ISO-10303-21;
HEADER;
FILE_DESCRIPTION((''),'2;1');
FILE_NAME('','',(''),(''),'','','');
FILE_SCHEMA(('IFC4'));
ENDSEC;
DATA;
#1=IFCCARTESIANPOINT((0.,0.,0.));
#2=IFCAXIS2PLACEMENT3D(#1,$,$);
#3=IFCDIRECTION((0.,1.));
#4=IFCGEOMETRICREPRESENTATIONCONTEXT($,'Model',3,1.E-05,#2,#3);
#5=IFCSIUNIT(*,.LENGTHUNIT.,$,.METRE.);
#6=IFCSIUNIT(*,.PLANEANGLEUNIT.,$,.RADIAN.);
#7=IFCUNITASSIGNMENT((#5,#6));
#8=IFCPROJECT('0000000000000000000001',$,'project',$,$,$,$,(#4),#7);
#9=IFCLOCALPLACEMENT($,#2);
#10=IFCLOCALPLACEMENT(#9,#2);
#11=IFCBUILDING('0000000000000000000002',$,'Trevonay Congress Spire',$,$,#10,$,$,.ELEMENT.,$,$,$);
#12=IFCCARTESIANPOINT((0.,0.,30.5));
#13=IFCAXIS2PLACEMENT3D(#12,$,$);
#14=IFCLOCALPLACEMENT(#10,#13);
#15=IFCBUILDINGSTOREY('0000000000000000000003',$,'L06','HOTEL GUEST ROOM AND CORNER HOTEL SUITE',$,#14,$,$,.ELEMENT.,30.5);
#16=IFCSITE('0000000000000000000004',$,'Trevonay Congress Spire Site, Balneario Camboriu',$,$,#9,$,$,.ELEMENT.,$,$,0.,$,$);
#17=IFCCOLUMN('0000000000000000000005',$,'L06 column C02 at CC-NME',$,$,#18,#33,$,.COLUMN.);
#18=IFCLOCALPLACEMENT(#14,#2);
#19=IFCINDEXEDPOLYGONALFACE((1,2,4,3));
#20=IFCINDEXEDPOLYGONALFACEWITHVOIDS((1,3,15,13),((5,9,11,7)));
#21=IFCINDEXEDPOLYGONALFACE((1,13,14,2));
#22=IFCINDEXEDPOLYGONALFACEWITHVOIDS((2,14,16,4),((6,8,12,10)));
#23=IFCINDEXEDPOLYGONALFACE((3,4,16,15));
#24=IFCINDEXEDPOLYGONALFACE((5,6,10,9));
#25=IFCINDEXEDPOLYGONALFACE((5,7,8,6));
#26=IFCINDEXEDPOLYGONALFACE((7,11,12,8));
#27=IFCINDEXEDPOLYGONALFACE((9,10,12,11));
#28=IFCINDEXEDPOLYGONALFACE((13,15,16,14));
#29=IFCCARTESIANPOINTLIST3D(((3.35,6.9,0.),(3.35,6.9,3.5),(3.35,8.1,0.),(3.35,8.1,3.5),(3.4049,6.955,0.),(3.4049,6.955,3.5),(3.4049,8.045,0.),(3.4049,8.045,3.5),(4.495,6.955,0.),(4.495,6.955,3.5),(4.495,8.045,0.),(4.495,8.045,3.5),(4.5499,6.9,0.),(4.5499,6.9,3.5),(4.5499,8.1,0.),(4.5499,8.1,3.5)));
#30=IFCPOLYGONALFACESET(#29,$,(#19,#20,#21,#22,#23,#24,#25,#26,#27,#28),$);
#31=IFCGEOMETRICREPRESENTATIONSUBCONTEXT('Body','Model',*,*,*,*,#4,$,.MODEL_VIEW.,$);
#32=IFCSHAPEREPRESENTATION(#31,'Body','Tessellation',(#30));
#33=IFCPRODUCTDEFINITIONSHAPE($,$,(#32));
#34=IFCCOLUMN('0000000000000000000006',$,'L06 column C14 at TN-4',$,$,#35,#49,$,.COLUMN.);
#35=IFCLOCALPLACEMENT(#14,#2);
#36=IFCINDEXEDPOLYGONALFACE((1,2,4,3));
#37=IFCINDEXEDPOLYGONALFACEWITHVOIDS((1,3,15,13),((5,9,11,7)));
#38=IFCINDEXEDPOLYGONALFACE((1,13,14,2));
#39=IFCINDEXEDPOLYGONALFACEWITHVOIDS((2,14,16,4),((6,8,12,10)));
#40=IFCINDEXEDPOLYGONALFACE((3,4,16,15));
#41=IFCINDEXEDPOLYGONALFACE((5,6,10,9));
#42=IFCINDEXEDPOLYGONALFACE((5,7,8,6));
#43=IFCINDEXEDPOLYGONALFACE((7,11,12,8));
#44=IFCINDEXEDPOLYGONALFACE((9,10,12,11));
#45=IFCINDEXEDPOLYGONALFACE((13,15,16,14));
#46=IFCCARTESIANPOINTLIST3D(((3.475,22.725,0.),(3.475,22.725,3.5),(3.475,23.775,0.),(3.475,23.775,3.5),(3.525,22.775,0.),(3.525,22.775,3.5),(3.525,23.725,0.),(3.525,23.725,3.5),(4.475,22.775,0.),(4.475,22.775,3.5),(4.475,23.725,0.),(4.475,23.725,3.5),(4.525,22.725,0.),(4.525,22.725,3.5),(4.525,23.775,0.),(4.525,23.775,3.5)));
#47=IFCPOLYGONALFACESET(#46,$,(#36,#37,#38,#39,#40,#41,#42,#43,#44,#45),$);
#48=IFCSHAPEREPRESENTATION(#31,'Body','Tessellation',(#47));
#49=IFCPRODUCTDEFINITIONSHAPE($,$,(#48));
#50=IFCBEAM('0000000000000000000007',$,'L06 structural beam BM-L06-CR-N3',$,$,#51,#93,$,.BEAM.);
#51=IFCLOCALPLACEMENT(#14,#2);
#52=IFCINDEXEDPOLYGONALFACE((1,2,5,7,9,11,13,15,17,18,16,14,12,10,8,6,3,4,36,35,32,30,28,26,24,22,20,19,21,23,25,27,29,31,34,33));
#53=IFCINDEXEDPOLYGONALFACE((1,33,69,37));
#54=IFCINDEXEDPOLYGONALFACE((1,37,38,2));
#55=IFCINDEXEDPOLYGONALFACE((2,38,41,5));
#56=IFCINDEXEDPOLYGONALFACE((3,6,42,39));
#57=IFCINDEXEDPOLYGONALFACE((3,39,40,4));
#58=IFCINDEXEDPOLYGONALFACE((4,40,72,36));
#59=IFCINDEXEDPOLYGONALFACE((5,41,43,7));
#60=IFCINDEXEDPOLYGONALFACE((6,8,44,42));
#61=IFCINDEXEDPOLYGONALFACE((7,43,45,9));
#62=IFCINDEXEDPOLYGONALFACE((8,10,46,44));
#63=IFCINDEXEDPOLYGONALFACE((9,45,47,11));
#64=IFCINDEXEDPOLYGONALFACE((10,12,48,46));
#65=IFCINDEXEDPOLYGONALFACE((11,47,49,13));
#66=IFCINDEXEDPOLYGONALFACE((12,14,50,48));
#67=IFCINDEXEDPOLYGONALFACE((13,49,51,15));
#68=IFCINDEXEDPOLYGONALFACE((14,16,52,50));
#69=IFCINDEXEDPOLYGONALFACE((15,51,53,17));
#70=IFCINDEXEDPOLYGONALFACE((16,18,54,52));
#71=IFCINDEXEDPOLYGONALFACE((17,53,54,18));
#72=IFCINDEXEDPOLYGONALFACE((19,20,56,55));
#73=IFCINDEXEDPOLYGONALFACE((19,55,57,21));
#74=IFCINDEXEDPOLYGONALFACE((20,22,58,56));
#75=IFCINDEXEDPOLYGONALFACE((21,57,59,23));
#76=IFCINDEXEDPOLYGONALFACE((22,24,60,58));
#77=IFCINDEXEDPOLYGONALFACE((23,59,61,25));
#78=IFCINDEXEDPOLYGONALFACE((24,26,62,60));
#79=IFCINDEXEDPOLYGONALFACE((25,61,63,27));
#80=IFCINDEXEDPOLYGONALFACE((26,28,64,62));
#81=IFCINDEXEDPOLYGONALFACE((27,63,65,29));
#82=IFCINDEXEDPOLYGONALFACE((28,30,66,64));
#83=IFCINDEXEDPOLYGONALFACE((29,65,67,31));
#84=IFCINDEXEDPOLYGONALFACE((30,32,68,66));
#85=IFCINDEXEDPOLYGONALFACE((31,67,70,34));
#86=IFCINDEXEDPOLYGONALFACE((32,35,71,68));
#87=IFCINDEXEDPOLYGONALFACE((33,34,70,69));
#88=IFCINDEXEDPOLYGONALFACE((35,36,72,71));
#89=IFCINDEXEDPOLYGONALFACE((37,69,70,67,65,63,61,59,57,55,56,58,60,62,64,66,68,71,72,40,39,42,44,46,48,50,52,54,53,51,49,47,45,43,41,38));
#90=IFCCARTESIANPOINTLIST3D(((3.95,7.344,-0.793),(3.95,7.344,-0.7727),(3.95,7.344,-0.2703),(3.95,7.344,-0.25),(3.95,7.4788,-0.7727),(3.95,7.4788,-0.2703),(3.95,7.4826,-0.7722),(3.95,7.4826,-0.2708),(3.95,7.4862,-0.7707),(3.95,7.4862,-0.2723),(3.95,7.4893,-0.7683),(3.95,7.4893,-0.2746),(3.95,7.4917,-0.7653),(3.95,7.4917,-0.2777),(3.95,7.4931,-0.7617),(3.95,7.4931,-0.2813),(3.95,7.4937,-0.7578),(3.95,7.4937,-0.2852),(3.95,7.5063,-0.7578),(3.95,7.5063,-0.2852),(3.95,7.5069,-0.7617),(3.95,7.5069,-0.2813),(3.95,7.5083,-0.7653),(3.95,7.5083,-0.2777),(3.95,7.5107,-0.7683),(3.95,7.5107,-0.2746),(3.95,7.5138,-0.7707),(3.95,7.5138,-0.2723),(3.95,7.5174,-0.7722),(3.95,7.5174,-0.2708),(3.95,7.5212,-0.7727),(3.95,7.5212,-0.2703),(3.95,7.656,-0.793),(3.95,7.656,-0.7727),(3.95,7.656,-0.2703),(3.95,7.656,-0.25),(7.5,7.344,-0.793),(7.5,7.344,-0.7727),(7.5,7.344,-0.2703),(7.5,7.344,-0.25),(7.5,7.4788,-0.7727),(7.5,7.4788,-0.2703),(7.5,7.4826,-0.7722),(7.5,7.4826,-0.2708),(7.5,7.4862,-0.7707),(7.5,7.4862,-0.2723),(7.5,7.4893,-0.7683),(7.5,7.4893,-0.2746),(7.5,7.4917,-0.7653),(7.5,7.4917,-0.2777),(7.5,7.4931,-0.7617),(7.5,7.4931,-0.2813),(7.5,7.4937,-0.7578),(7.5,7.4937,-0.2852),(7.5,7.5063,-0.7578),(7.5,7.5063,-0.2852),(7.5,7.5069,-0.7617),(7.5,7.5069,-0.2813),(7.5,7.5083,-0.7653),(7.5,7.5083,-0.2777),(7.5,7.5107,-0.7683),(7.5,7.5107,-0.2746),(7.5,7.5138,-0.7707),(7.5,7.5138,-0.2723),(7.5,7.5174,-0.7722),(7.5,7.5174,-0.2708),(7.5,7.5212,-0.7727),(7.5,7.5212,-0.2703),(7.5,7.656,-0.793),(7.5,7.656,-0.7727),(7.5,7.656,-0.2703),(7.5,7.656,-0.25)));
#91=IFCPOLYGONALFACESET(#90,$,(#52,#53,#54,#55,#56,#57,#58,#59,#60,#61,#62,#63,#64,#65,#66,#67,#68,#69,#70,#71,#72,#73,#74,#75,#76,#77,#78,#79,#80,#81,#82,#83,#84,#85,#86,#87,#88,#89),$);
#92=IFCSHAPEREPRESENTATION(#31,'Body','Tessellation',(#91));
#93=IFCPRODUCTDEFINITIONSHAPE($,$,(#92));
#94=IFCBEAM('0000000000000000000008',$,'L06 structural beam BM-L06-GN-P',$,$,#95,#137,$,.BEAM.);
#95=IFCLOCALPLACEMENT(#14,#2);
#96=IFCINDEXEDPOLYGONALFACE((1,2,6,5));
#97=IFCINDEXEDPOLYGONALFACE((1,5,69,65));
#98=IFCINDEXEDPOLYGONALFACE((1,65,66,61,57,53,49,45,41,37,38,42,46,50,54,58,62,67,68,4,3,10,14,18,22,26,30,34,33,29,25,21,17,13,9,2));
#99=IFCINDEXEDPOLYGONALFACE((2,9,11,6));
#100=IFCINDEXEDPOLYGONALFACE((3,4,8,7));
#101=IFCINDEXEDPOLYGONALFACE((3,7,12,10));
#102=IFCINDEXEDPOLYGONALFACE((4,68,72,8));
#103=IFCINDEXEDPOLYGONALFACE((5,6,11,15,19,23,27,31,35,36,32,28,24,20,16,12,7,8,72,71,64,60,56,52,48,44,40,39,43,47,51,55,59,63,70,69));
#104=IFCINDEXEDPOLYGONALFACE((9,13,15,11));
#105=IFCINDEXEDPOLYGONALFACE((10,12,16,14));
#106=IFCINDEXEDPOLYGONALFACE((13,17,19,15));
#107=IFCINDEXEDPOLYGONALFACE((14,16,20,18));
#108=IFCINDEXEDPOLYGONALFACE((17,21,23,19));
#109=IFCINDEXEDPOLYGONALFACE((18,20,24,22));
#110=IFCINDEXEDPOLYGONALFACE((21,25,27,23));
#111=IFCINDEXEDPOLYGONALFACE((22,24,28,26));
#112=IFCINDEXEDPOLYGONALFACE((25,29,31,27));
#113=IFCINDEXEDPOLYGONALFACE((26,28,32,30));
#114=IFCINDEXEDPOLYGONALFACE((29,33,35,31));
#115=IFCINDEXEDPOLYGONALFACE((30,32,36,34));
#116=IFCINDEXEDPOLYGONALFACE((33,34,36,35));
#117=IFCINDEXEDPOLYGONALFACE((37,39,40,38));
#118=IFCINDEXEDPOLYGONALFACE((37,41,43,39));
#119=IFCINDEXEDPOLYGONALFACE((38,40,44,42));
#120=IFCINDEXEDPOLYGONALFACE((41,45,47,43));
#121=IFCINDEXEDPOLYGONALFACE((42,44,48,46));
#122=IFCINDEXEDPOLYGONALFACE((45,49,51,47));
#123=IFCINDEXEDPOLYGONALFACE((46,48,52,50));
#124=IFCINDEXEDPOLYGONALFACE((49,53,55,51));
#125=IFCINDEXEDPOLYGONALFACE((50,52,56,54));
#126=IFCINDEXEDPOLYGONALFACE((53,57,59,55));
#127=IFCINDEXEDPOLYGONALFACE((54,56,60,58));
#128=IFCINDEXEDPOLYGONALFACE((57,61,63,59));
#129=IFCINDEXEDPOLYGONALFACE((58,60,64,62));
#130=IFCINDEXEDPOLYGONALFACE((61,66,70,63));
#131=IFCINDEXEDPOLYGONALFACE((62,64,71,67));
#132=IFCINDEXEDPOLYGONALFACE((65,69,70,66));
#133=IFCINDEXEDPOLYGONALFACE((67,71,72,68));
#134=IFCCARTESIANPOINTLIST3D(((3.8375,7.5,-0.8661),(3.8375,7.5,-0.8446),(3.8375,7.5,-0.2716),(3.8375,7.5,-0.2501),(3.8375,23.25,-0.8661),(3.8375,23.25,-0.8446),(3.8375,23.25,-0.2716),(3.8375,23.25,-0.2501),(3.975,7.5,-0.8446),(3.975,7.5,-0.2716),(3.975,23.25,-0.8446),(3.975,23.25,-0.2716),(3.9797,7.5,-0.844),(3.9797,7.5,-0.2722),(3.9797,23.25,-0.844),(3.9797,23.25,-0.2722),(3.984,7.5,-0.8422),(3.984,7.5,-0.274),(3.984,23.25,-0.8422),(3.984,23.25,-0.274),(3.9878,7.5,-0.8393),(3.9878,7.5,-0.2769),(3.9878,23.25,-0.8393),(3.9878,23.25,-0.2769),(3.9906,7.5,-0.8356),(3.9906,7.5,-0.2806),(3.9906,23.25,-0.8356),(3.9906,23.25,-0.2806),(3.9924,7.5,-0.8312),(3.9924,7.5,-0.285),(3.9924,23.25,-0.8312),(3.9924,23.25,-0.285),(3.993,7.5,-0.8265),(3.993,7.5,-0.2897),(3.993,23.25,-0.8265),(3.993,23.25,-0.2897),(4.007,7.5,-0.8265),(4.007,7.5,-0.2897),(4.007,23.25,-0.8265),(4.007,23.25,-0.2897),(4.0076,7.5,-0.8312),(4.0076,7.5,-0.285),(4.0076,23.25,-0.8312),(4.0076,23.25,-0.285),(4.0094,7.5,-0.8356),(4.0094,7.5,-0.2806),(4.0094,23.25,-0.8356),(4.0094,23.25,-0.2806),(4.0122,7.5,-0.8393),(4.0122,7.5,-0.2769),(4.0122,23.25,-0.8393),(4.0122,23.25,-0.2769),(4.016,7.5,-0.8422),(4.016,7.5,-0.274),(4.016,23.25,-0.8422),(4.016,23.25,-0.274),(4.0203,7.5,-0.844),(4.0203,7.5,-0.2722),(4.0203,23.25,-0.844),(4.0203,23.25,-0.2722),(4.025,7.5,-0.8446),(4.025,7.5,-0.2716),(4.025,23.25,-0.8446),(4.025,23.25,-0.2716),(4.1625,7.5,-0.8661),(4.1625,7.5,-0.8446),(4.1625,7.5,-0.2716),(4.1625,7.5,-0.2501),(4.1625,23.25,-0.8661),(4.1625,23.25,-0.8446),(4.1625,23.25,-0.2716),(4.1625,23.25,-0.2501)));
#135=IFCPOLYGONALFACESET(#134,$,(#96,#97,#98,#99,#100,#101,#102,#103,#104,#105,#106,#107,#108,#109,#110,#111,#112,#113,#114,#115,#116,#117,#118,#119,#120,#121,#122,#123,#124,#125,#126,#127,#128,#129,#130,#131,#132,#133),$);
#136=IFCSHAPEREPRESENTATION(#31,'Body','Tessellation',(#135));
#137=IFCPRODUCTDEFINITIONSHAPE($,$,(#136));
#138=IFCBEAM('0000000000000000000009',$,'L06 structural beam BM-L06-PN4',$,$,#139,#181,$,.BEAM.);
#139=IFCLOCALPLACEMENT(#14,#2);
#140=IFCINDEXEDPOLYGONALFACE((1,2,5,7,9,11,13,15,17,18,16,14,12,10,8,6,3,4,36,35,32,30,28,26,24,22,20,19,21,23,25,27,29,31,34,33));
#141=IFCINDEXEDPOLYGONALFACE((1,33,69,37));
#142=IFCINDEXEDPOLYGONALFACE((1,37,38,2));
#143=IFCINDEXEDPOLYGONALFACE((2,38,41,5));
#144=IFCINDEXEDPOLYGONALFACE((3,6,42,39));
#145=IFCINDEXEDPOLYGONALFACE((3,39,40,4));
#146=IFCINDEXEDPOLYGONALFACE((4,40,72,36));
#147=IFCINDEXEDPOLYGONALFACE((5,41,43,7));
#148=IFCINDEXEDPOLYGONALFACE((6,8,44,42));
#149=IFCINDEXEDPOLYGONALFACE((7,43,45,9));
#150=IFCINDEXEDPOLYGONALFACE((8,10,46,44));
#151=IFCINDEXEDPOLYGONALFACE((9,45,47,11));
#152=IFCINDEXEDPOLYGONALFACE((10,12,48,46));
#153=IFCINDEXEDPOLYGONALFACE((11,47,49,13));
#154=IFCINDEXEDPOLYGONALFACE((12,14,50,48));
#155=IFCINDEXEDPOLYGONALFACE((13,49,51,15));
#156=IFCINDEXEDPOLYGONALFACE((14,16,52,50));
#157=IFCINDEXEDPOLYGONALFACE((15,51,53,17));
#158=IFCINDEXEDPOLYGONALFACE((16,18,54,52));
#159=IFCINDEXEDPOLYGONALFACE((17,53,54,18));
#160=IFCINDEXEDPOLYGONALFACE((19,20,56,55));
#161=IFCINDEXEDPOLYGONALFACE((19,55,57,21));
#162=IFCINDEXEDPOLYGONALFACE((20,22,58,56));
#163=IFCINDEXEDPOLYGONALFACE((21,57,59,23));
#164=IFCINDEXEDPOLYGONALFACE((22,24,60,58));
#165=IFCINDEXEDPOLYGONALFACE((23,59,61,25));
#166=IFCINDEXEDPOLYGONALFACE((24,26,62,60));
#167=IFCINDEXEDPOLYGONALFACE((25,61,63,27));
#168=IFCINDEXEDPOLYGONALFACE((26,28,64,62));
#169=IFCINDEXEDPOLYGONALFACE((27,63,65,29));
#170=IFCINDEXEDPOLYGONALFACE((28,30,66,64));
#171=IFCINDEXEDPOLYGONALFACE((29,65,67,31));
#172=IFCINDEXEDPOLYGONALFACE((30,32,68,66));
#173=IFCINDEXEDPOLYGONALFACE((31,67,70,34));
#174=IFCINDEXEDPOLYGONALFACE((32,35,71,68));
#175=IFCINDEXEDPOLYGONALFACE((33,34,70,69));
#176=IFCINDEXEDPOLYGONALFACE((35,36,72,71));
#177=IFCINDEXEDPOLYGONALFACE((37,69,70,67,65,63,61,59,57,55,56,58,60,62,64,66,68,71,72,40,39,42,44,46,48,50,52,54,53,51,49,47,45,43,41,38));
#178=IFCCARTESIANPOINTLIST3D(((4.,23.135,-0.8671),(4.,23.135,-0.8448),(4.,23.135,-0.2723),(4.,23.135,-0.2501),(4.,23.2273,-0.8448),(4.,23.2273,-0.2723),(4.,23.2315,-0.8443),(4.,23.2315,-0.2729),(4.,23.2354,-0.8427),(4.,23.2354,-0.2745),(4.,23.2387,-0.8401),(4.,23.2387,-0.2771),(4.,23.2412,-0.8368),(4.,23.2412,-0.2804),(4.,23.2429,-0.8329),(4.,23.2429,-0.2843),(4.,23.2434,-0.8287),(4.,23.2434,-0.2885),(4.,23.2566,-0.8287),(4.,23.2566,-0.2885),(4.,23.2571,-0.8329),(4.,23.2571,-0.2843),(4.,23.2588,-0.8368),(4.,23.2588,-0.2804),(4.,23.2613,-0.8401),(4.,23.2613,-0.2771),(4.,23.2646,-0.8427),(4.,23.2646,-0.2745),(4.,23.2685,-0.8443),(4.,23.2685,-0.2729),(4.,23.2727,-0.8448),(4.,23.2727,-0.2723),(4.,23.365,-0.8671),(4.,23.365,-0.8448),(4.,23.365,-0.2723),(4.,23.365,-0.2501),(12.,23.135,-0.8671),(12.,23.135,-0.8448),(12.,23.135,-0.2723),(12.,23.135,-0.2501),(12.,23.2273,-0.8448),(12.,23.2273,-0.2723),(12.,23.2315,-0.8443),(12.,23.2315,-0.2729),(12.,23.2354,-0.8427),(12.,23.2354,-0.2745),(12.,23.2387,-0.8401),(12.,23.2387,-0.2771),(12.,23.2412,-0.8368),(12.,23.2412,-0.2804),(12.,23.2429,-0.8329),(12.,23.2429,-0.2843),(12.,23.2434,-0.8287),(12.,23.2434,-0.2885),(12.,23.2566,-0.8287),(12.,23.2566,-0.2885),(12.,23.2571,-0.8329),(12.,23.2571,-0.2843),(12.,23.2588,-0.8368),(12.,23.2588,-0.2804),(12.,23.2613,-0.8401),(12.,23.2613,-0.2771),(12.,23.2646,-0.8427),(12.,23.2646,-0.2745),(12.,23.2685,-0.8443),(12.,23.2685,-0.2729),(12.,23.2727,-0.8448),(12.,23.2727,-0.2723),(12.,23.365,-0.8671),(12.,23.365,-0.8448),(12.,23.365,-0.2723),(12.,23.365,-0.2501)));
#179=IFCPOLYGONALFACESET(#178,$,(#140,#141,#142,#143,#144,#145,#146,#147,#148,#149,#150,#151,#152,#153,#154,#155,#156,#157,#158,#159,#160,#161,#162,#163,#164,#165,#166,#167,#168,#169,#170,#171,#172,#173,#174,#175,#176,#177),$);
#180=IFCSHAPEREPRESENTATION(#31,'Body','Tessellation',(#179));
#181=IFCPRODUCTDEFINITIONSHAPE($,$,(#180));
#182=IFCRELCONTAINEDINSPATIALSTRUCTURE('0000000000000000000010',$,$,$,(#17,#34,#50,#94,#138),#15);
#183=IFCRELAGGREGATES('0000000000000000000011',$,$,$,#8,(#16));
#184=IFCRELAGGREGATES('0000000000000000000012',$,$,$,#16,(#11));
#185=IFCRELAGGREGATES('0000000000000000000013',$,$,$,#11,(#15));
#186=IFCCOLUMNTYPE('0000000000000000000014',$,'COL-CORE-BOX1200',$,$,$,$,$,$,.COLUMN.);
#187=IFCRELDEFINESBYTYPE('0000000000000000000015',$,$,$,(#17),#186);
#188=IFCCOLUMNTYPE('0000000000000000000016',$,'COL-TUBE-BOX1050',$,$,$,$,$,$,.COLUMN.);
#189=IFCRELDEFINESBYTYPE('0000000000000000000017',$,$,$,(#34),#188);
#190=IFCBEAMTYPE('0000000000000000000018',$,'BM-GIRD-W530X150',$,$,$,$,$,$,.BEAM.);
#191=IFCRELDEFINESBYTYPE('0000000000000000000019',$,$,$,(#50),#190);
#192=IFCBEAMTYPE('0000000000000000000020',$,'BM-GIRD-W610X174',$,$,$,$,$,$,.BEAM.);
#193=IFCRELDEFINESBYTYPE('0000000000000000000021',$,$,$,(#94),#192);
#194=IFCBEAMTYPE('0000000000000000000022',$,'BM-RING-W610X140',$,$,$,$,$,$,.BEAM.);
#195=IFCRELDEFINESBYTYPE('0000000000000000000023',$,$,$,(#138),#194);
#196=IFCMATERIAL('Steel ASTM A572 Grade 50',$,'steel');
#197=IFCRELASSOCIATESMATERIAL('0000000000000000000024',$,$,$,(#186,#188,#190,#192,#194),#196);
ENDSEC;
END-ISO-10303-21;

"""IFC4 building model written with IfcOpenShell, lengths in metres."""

from ifc_helpers import new_model, si_unit, direction, frame, origin, origin_2d, place, context, subcontext, project, spatial, hollow_rectangle, i_section, extrude, material, material_profile, profile_set, type_object, element, save


model = new_model("IFC4")

# Units and contexts
model_context = context("Model", 3, precision=1e-05, world=origin(), true_north=direction((0.0, 1.0)))
body_context = subcontext(model_context, "Body", "Model", "MODEL_VIEW")
ifc_project = project(units=[si_unit("LENGTHUNIT", "METRE"), si_unit("PLANEANGLEUNIT", "RADIAN")], contexts=[model_context])

# Site, building, storey
site_placement = place(None, origin())
site = spatial("IfcSite", under=ifc_project, at=site_placement, Name="Trevonay Congress Spire Site, Balneario Camboriu", CompositionType="ELEMENT", RefElevation=0.0)
building_placement = place(site_placement, origin())
building = spatial("IfcBuilding", under=site, at=building_placement, Name="Trevonay Congress Spire", CompositionType="ELEMENT")
storey_placement = place(building_placement, frame((0.0, 0.0, 30.5)))
storey = spatial("IfcBuildingStorey", under=building, at=storey_placement, Name="L06", Description="HOTEL GUEST ROOM AND CORNER HOTEL SUITE", CompositionType="ELEMENT", Elevation=30.5)

# Columns
ifc_material_1 = material(Name="Steel ASTM A572 Grade 50", Category="steel")
ifc_material_profile_1 = material_profile(ifc_material_1, hollow_rectangle(XDim=1.2, YDim=1.2, WallThickness=0.0549, at=origin_2d()), Name="BOX 1200x1200x55")
ifc_profile_set_1 = profile_set([ifc_material_profile_1], Name="Steel ASTM A572 Grade 50")
column_type_1 = type_object("IfcColumnType", Name="COL-CORE-BOX1200", PredefinedType="COLUMN", material=ifc_profile_set_1)
column_1_placement = place(storey_placement, frame((3.95, 7.5, 0.0), z_axis=(0.0, 0.0, 1.0), x_axis=(1.0, 0.0, 0.0)))
element("IfcColumn", 1, at=column_1_placement, inside=storey, type_object=column_type_1, Name="L06 column C02 at CC-NME", PredefinedType="COLUMN", context=body_context, shape_type="SweptSolid", body=[
    extrude(hollow_rectangle(XDim=1.2, YDim=1.2, WallThickness=0.0549, at=origin_2d()), origin(), (0.0, 0.0, 1.0), 3.5),
])
ifc_material_profile_2 = material_profile(ifc_material_1, hollow_rectangle(XDim=1.05, YDim=1.05, WallThickness=0.05, at=origin_2d()), Name="BOX 1050x1050x50")
ifc_profile_set_2 = profile_set([ifc_material_profile_2], Name="Steel ASTM A572 Grade 50")
column_type_2 = type_object("IfcColumnType", Name="COL-TUBE-BOX1050", PredefinedType="COLUMN", material=ifc_profile_set_2)
column_2_placement = place(storey_placement, frame((4.0, 23.25, 0.0), z_axis=(0.0, 0.0, 1.0), x_axis=(1.0, 0.0, 0.0)))
element("IfcColumn", 2, at=column_2_placement, inside=storey, type_object=column_type_2, Name="L06 column C14 at TN-4", PredefinedType="COLUMN", context=body_context, shape_type="SweptSolid", body=[
    extrude(hollow_rectangle(XDim=1.05, YDim=1.05, WallThickness=0.05, at=origin_2d()), origin(), (0.0, 0.0, 1.0), 3.5),
])

# Beams
ifc_material_profile_3 = material_profile(ifc_material_1, i_section(OverallWidth=0.312, OverallDepth=0.543, WebThickness=0.0127, FlangeThickness=0.0203, FilletRadius=0.0149, at=origin_2d()), Name="W530x150")
ifc_profile_set_3 = profile_set([ifc_material_profile_3], Name="Steel ASTM A572 Grade 50")
beam_type_1 = type_object("IfcBeamType", Name="BM-GIRD-W530X150", PredefinedType="BEAM", material=ifc_profile_set_3)
beam_1_placement = place(storey_placement, frame((3.95, 7.5, -0.5215), z_axis=(1.0, 0.0, 0.0), x_axis=(0.0, 1.0, 0.0)))
element("IfcBeam", 3, at=beam_1_placement, inside=storey, type_object=beam_type_1, Name="L06 structural beam BM-L06-CR-N3", PredefinedType="BEAM", context=body_context, shape_type="SweptSolid", body=[
    extrude(i_section(OverallWidth=0.312, OverallDepth=0.543, WebThickness=0.0127, FlangeThickness=0.0203, FilletRadius=0.0149, at=origin_2d()), origin(), (0.0, 0.0, 1.0), 3.55),
])
ifc_material_profile_4 = material_profile(ifc_material_1, i_section(OverallWidth=0.325, OverallDepth=0.616, WebThickness=0.0139, FlangeThickness=0.0215, FilletRadius=0.0181, at=origin_2d()), Name="W610x174")
ifc_profile_set_4 = profile_set([ifc_material_profile_4], Name="Steel ASTM A572 Grade 50")
beam_type_2 = type_object("IfcBeamType", Name="BM-GIRD-W610X174", PredefinedType="BEAM", material=ifc_profile_set_4)
beam_2_placement = place(storey_placement, frame((4.0, 7.5, -0.5581), z_axis=(0.0, 1.0, 0.0), x_axis=(-1.0, 0.0, 0.0)))
element("IfcBeam", 4, at=beam_2_placement, inside=storey, type_object=beam_type_2, Name="L06 structural beam BM-L06-GN-P", PredefinedType="BEAM", context=body_context, shape_type="SweptSolid", body=[
    extrude(i_section(OverallWidth=0.325, OverallDepth=0.616, WebThickness=0.0139, FlangeThickness=0.0215, FilletRadius=0.0181, at=origin_2d()), origin(), (0.0, 0.0, 1.0), 15.75),
])
ifc_material_profile_5 = material_profile(ifc_material_1, i_section(OverallWidth=0.23, OverallDepth=0.6169, WebThickness=0.0132, FlangeThickness=0.0222, FilletRadius=0.0161, at=origin_2d()), Name="W610x140")
ifc_profile_set_5 = profile_set([ifc_material_profile_5], Name="Steel ASTM A572 Grade 50")
beam_type_3 = type_object("IfcBeamType", Name="BM-RING-W610X140", PredefinedType="BEAM", material=ifc_profile_set_5)
beam_3_placement = place(storey_placement, frame((4.0, 23.25, -0.5586), z_axis=(1.0, 0.0, 0.0), x_axis=(0.0, 1.0, 0.0)))
element("IfcBeam", 5, at=beam_3_placement, inside=storey, type_object=beam_type_3, Name="L06 structural beam BM-L06-PN4", PredefinedType="BEAM", context=body_context, shape_type="SweptSolid", body=[
    extrude(i_section(OverallWidth=0.23, OverallDepth=0.6169, WebThickness=0.0132, FlangeThickness=0.0222, FilletRadius=0.0161, at=origin_2d()), origin(), (0.0, 0.0, 1.0), 8.0),
])

save(model, "model.ifc")
